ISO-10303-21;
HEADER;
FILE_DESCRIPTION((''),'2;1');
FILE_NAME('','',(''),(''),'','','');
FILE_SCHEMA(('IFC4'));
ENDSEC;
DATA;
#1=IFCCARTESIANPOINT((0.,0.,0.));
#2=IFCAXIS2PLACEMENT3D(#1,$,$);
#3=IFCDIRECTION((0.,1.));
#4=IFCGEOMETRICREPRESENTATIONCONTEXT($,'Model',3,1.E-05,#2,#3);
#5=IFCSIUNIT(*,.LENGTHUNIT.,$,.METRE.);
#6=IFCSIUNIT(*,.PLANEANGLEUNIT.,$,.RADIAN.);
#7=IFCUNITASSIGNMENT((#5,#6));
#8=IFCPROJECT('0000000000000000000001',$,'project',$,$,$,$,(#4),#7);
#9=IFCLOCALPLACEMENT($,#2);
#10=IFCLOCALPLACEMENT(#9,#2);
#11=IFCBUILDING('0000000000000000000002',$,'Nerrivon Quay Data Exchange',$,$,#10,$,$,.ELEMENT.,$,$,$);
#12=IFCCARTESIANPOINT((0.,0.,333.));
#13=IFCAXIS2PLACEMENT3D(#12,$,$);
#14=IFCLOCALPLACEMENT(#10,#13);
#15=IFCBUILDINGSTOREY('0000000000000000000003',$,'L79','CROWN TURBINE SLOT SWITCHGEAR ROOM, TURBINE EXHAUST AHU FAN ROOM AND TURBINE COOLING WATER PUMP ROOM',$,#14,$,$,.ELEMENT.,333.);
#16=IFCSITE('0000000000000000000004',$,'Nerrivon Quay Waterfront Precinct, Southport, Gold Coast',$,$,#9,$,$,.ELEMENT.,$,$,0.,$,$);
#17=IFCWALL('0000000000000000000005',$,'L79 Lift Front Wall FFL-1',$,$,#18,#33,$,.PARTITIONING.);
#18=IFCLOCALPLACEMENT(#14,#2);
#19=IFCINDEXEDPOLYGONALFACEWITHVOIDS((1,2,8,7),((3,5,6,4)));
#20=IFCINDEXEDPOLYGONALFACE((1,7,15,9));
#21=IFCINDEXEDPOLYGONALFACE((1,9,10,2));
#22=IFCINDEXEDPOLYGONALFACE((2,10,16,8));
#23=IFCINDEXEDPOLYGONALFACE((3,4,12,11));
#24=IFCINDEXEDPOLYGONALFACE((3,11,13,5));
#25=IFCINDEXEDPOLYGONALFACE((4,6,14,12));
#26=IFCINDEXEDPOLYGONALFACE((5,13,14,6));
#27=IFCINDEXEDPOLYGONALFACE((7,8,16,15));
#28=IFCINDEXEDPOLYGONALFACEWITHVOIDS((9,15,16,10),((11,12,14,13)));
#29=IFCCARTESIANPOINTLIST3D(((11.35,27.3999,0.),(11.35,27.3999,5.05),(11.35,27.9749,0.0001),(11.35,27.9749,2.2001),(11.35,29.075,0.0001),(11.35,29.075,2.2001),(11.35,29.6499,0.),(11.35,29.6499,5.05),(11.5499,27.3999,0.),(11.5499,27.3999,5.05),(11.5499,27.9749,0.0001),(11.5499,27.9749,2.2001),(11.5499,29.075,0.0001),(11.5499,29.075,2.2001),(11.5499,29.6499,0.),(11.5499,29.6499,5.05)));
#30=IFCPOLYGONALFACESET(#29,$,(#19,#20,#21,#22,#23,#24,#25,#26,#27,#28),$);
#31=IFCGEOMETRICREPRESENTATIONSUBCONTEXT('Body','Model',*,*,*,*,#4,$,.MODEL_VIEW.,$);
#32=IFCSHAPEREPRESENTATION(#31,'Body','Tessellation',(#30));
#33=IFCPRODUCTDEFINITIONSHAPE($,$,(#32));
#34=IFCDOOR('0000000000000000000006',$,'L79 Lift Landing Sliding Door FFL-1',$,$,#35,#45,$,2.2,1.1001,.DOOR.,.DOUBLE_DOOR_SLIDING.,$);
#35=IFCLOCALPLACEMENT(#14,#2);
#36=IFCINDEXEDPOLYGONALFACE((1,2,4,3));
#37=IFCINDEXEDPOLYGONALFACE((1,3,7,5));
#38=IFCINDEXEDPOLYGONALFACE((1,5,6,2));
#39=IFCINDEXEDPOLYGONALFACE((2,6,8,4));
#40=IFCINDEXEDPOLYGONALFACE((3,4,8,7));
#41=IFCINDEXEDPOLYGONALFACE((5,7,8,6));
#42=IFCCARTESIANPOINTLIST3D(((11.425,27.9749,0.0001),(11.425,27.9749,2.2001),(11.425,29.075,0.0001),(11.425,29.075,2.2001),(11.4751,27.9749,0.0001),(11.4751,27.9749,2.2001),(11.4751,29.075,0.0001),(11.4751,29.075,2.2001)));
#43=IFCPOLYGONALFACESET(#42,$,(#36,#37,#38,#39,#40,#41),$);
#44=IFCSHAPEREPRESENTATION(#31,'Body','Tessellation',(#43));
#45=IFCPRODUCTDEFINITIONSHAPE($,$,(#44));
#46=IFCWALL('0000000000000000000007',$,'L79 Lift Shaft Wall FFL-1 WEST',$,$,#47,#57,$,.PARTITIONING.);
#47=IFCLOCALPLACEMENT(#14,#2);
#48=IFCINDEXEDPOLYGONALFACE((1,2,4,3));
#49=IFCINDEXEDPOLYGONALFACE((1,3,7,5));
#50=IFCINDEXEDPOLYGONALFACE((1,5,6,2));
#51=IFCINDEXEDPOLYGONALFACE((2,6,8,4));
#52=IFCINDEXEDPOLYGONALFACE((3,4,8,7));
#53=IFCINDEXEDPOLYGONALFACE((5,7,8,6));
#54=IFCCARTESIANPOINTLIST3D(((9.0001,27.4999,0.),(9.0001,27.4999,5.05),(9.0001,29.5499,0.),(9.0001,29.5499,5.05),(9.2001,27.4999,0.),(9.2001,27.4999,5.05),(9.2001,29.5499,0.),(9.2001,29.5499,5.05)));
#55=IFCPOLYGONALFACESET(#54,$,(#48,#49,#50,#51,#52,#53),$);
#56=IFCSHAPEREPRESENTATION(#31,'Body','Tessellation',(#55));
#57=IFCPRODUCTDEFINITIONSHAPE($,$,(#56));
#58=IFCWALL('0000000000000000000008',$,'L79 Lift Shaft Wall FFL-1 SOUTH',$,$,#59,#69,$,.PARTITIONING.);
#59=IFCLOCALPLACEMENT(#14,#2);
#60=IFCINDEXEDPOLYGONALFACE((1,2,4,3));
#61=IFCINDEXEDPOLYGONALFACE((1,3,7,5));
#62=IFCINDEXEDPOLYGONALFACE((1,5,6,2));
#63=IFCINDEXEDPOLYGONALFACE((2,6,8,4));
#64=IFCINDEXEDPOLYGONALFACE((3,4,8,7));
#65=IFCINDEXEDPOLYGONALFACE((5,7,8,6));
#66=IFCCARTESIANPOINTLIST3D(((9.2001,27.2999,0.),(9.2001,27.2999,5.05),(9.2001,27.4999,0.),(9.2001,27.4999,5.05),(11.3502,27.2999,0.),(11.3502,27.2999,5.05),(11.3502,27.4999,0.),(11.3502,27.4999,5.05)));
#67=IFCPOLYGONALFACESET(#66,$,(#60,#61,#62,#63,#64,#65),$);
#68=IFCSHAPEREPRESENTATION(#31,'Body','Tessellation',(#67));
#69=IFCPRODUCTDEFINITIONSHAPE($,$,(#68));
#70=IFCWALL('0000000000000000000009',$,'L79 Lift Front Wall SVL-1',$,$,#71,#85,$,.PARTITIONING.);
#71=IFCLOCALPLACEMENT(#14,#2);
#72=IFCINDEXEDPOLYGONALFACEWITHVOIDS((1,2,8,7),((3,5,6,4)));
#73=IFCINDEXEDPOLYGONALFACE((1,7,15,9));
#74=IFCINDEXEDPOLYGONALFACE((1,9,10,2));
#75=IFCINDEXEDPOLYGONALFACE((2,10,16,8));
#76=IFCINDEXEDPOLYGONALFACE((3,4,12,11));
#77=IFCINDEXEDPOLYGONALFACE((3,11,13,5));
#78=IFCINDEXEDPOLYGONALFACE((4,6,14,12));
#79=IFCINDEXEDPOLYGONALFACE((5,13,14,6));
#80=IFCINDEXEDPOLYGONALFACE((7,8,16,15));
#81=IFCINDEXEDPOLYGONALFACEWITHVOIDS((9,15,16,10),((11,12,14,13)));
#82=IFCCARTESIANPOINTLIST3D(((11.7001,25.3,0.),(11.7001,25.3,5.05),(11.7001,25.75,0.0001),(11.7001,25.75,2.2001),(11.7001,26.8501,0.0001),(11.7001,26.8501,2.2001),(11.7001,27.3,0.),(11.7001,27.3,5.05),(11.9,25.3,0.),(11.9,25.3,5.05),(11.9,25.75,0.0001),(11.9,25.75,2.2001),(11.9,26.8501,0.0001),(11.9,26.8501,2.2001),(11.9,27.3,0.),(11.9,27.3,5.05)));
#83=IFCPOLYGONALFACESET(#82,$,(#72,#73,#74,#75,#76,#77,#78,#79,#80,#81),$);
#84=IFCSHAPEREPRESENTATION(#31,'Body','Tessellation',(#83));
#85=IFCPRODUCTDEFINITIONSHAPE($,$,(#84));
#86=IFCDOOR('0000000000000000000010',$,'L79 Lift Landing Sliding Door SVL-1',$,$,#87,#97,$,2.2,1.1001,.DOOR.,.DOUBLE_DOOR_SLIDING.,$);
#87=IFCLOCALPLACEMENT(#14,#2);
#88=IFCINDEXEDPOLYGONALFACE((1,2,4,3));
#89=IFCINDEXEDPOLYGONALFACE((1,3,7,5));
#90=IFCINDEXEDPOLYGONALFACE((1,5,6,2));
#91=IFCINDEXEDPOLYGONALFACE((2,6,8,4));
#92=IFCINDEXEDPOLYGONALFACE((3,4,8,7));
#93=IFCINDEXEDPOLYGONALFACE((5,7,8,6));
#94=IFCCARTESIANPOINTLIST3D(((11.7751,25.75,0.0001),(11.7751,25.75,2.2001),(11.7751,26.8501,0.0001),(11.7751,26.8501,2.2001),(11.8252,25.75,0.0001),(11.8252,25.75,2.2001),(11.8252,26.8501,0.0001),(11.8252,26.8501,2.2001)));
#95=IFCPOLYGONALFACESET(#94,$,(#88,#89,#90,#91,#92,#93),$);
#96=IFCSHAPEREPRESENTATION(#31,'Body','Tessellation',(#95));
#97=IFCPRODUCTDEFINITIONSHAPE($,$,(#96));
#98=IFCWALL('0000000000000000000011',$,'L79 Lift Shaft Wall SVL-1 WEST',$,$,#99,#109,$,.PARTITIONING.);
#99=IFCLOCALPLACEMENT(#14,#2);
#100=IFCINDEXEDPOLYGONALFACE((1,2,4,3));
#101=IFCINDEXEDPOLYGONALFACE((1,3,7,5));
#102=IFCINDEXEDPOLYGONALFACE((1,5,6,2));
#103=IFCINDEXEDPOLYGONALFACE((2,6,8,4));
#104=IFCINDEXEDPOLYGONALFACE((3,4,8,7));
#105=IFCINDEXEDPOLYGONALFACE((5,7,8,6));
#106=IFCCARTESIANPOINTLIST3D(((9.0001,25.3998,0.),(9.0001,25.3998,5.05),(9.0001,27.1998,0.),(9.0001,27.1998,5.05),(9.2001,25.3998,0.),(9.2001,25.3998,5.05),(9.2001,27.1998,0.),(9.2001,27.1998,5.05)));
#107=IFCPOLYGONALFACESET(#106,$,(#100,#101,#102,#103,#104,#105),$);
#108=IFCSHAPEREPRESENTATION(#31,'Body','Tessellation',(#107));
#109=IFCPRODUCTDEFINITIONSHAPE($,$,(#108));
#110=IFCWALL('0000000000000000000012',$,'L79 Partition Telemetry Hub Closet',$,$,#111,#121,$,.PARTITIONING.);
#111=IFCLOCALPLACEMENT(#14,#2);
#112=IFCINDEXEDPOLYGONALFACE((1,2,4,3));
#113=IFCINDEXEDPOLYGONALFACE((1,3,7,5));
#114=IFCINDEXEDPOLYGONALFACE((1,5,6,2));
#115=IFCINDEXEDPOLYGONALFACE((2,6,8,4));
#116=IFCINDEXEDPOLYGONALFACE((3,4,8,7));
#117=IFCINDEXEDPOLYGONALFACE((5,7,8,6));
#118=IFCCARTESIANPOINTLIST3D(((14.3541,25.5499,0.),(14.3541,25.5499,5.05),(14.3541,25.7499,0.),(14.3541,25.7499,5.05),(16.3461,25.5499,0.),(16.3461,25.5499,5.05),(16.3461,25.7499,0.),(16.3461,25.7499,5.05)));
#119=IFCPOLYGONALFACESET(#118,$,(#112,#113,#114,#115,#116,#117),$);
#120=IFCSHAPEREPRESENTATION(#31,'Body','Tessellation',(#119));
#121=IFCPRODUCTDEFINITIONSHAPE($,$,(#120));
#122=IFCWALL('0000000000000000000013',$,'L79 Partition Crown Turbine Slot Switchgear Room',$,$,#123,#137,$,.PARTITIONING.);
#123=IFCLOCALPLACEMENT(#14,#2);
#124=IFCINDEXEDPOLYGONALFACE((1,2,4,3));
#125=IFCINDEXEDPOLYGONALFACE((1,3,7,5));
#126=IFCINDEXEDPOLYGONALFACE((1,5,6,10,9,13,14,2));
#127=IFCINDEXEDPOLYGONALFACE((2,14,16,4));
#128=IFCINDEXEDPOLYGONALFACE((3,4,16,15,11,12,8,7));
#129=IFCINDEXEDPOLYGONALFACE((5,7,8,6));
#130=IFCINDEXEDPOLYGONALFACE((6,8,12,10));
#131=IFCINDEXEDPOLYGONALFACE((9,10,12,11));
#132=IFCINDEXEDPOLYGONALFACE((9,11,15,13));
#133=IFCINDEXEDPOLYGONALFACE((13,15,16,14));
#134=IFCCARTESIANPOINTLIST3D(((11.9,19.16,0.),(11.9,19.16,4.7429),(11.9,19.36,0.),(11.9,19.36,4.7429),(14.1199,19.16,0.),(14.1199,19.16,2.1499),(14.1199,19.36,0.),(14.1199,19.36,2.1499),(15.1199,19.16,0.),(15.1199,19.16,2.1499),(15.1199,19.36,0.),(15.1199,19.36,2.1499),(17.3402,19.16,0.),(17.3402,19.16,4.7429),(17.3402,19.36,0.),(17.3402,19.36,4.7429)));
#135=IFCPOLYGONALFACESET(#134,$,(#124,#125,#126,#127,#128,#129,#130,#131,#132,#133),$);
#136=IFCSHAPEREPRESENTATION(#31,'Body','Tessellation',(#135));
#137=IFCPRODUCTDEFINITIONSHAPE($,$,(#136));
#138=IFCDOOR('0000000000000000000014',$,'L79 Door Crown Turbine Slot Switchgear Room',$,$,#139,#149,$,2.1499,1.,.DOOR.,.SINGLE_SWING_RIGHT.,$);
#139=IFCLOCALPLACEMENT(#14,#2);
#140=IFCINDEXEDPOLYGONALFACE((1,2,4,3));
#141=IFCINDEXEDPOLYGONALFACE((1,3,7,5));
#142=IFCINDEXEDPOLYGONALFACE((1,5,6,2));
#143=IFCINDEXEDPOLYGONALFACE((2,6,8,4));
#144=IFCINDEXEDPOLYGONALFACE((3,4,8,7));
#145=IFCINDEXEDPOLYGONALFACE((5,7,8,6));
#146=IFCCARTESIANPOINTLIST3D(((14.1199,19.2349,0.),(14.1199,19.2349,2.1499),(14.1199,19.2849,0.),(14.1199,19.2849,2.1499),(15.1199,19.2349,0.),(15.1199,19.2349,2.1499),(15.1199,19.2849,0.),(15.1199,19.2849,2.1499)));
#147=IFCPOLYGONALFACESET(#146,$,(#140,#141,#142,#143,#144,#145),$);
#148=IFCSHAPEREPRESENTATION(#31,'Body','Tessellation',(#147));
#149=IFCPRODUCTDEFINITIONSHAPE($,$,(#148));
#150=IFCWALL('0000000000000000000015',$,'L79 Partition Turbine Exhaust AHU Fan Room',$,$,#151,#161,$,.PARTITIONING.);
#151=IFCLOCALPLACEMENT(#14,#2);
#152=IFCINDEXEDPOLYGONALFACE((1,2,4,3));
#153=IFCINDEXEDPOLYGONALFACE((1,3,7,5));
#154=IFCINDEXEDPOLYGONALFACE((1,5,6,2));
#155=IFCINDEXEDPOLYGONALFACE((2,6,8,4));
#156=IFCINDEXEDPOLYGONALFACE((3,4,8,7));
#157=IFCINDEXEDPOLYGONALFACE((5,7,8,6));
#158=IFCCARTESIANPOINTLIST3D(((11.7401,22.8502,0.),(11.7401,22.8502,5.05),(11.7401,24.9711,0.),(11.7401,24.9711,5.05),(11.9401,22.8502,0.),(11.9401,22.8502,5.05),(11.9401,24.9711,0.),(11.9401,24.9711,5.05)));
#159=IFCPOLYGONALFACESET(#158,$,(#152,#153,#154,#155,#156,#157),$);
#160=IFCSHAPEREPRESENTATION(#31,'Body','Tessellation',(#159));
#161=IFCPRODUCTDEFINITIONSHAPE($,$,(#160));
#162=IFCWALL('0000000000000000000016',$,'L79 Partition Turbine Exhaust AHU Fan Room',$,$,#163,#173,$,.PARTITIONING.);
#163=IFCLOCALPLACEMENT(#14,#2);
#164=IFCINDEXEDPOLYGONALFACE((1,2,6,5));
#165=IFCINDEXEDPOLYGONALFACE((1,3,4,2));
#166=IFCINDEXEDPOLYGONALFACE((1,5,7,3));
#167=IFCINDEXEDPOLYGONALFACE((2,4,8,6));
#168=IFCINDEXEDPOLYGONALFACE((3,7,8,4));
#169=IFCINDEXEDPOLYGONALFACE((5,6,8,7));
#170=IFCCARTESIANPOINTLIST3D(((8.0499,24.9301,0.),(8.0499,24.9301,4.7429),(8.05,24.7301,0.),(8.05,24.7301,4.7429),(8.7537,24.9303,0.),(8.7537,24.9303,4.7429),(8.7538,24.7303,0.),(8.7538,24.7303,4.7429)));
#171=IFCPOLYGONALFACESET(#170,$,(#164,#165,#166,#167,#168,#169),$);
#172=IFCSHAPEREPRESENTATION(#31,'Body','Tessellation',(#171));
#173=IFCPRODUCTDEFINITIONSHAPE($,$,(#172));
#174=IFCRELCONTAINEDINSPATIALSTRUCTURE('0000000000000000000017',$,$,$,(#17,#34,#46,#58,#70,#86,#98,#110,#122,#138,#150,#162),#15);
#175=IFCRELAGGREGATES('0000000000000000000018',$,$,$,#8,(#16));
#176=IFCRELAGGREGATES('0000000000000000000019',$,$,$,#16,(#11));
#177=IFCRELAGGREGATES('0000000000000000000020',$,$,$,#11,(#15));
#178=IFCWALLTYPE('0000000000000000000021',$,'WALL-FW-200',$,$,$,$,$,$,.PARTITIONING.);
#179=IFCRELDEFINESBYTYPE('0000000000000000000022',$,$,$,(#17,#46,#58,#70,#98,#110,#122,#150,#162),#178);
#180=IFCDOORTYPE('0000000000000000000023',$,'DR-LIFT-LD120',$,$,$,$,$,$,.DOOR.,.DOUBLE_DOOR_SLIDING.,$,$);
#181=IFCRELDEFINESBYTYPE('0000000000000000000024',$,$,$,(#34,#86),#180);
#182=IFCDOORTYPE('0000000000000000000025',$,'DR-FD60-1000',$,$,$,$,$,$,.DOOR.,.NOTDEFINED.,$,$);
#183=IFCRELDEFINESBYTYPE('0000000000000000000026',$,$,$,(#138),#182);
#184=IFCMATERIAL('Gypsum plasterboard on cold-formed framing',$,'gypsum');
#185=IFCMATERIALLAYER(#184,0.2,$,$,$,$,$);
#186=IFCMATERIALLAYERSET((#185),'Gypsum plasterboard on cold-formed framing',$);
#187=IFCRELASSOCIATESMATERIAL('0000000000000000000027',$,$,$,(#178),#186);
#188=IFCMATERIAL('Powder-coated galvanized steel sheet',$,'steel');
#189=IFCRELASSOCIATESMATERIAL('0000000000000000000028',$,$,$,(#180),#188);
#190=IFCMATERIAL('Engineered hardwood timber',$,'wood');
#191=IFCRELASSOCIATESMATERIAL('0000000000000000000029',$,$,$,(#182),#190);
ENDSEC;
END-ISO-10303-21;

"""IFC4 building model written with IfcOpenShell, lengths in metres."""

from ifc_helpers import new_model, si_unit, direction, frame, frame_2d, origin, place, context, subcontext, project, spatial, rectangle, extrude, material, layer, layer_set, type_object, element, fill, save


model = new_model("IFC4")

# Units and contexts
model_context = context("Model", 3, precision=1e-05, world=origin(), true_north=direction((0.0, 1.0)))
body_context = subcontext(model_context, "Body", "Model", "MODEL_VIEW")
ifc_project = project(units=[si_unit("LENGTHUNIT", "METRE"), si_unit("PLANEANGLEUNIT", "RADIAN")], contexts=[model_context])

# Site, building, storey
site_placement = place(None, origin())
site = spatial("IfcSite", under=ifc_project, at=site_placement, Name="Nerrivon Quay Waterfront Precinct, Southport, Gold Coast", CompositionType="ELEMENT", RefElevation=0.0)
building_placement = place(site_placement, origin())
building = spatial("IfcBuilding", under=site, at=building_placement, Name="Nerrivon Quay Data Exchange", CompositionType="ELEMENT")
storey_placement = place(building_placement, frame((0.0, 0.0, 333.0)))
storey = spatial("IfcBuildingStorey", under=building, at=storey_placement, Name="L79", Description="CROWN TURBINE SLOT SWITCHGEAR ROOM, TURBINE EXHAUST AHU FAN ROOM AND TURBINE COOLING WATER PUMP ROOM", CompositionType="ELEMENT", Elevation=333.0)

# Wall, opening, door
ifc_material_1 = material(Name="Powder-coated galvanized steel sheet", Category="steel")
ifc_material_2 = material(Name="Gypsum plasterboard on cold-formed framing", Category="gypsum")
ifc_layer_1 = layer(ifc_material_2, 0.2)
ifc_layer_set_1 = layer_set([ifc_layer_1], Name="Gypsum plasterboard on cold-formed framing")
wall_type_1 = type_object("IfcWallType", Name="WALL-FW-200", PredefinedType="PARTITIONING", material=ifc_layer_set_1)
wall_1_placement = place(storey_placement, frame((11.45, 27.3999, 0.0), z_axis=(0.0, 0.0, 1.0), x_axis=(0.0, 1.0, 0.0)))
wall_1 = element("IfcWall", 1, at=wall_1_placement, inside=storey, type_object=wall_type_1, Name="L79 Lift Front Wall FFL-1", PredefinedType="PARTITIONING", context=body_context, shape_type="SweptSolid", body=[
    extrude(rectangle(XDim=2.25, YDim=0.2, at=frame_2d((1.125, 0.0))), origin(), (0.0, 0.0, 1.0), 5.05),
])
opening_1_placement = place(wall_1_placement, frame((0.575, 0.0, 0.0)))
opening_1 = element("IfcOpeningElement", 2, at=opening_1_placement, cuts=wall_1, PredefinedType="OPENING", context=body_context, shape_type="SweptSolid", body=[
    extrude(rectangle(XDim=1.1001, YDim=2.2, at=frame_2d((0.55, 1.1001))), frame((0.0, 0.1099, 0.0), z_axis=(0.0, -1.0, 0.0), x_axis=(1.0, 0.0, 0.0)), (0.0, 0.0, 1.0), 0.22),
])
door_type_1 = type_object("IfcDoorType", Name="DR-LIFT-LD120", OperationType="DOUBLE_DOOR_SLIDING", PredefinedType="DOOR", material=ifc_material_1)
door_1_placement = place(opening_1_placement, origin())
door_1 = element("IfcDoor", 3, at=door_1_placement, inside=storey, type_object=door_type_1, Name="L79 Lift Landing Sliding Door FFL-1", OperationType="DOUBLE_DOOR_SLIDING", OverallHeight=2.2, OverallWidth=1.1001, PredefinedType="DOOR", context=body_context, shape_type="SweptSolid", body=[
    extrude(rectangle(XDim=1.1001, YDim=2.2, at=frame_2d((0.55, 1.1001))), frame((0.0, 0.0249, 0.0), z_axis=(0.0, -1.0, 0.0), x_axis=(1.0, 0.0, 0.0)), (0.0, 0.0, 1.0), 0.05),
])
fill(opening_1, door_1)

# Walls
wall_2_placement = place(storey_placement, frame((9.1001, 27.5, 0.0), z_axis=(0.0, 0.0, 1.0), x_axis=(0.0, 1.0, 0.0)))
element("IfcWall", 4, at=wall_2_placement, inside=storey, type_object=wall_type_1, Name="L79 Lift Shaft Wall FFL-1 WEST", PredefinedType="PARTITIONING", context=body_context, shape_type="SweptSolid", body=[
    extrude(rectangle(XDim=2.05, YDim=0.2, at=frame_2d((1.0249, 0.0))), origin(), (0.0, 0.0, 1.0), 5.05),
])
wall_3_placement = place(storey_placement, frame((9.2, 27.3999, 0.0), z_axis=(0.0, 0.0, 1.0), x_axis=(1.0, 0.0, 0.0)))
element("IfcWall", 5, at=wall_3_placement, inside=storey, type_object=wall_type_1, Name="L79 Lift Shaft Wall FFL-1 SOUTH", PredefinedType="PARTITIONING", context=body_context, shape_type="SweptSolid", body=[
    extrude(rectangle(XDim=2.1501, YDim=0.2, at=frame_2d((1.0752, 0.0))), origin(), (0.0, 0.0, 1.0), 5.05),
])

# Wall, opening, door
wall_4_placement = place(storey_placement, frame((11.8, 25.3, 0.0), z_axis=(0.0, 0.0, 1.0), x_axis=(0.0, 1.0, 0.0)))
wall_4 = element("IfcWall", 6, at=wall_4_placement, inside=storey, type_object=wall_type_1, Name="L79 Lift Front Wall SVL-1", PredefinedType="PARTITIONING", context=body_context, shape_type="SweptSolid", body=[
    extrude(rectangle(XDim=2.0, YDim=0.2, at=frame_2d((1.0, 0.0))), origin(), (0.0, 0.0, 1.0), 5.05),
])
opening_2_placement = place(wall_4_placement, frame((0.45, 0.0, 0.0)))
opening_2 = element("IfcOpeningElement", 7, at=opening_2_placement, cuts=wall_4, PredefinedType="OPENING", context=body_context, shape_type="SweptSolid", body=[
    extrude(rectangle(XDim=1.1001, YDim=2.2, at=frame_2d((0.55, 1.1001))), frame((0.0, 0.1099, 0.0), z_axis=(0.0, -1.0, 0.0), x_axis=(1.0, 0.0, 0.0)), (0.0, 0.0, 1.0), 0.22),
])
door_2_placement = place(opening_2_placement, origin())
door_2 = element("IfcDoor", 8, at=door_2_placement, inside=storey, type_object=door_type_1, Name="L79 Lift Landing Sliding Door SVL-1", OperationType="DOUBLE_DOOR_SLIDING", OverallHeight=2.2, OverallWidth=1.1001, PredefinedType="DOOR", context=body_context, shape_type="SweptSolid", body=[
    extrude(rectangle(XDim=1.1001, YDim=2.2, at=frame_2d((0.55, 1.1001))), frame((0.0, 0.0249, 0.0), z_axis=(0.0, -1.0, 0.0), x_axis=(1.0, 0.0, 0.0)), (0.0, 0.0, 1.0), 0.05),
])
fill(opening_2, door_2)

# Walls
wall_5_placement = place(storey_placement, frame((9.1001, 25.3999, 0.0), z_axis=(0.0, 0.0, 1.0), x_axis=(0.0, 1.0, 0.0)))
element("IfcWall", 9, at=wall_5_placement, inside=storey, type_object=wall_type_1, Name="L79 Lift Shaft Wall SVL-1 WEST", PredefinedType="PARTITIONING", context=body_context, shape_type="SweptSolid", body=[
    extrude(rectangle(XDim=1.8, YDim=0.2, at=frame_2d((0.8999, 0.0))), origin(), (0.0, 0.0, 1.0), 5.05),
])
wall_6_placement = place(storey_placement, frame((14.354, 25.6499, 0.0), z_axis=(0.0, 0.0, 1.0), x_axis=(1.0, 0.0, 0.0)))
element("IfcWall", 10, at=wall_6_placement, inside=storey, type_object=wall_type_1, Name="L79 Partition Telemetry Hub Closet", PredefinedType="PARTITIONING", context=body_context, shape_type="SweptSolid", body=[
    extrude(rectangle(XDim=1.9919, YDim=0.2, at=frame_2d((0.9961, 0.0))), origin(), (0.0, 0.0, 1.0), 5.05),
])

# Wall, opening, door
wall_7_placement = place(storey_placement, frame((11.8999, 19.26, 0.0), z_axis=(0.0, 0.0, 1.0), x_axis=(1.0, 0.0, 0.0)))
wall_7 = element("IfcWall", 11, at=wall_7_placement, inside=storey, type_object=wall_type_1, Name="L79 Partition Crown Turbine Slot Switchgear Room", PredefinedType="PARTITIONING", context=body_context, shape_type="SweptSolid", body=[
    extrude(rectangle(XDim=5.4402, YDim=0.2, at=frame_2d((2.7202, 0.0))), origin(), (0.0, 0.0, 1.0), 4.7429),
])
opening_3_placement = place(wall_7_placement, frame((2.22, 0.0, 0.0)))
opening_3 = element("IfcOpeningElement", 12, at=opening_3_placement, cuts=wall_7, PredefinedType="OPENING", context=body_context, shape_type="SweptSolid", body=[
    extrude(rectangle(XDim=1.0, YDim=2.1499, at=frame_2d((0.5, 1.075))), frame((0.0, 0.1099, 0.0), z_axis=(0.0, -1.0, 0.0), x_axis=(1.0, 0.0, 0.0)), (0.0, 0.0, 1.0), 0.22),
])
ifc_material_3 = material(Name="Engineered hardwood timber", Category="wood")
door_type_2 = type_object("IfcDoorType", Name="DR-FD60-1000", OperationType="NOTDEFINED", PredefinedType="DOOR", material=ifc_material_3)
door_3_placement = place(opening_3_placement, origin())
door_3 = element("IfcDoor", 13, at=door_3_placement, inside=storey, type_object=door_type_2, Name="L79 Door Crown Turbine Slot Switchgear Room", OperationType="SINGLE_SWING_RIGHT", OverallHeight=2.1499, OverallWidth=1.0, PredefinedType="DOOR", context=body_context, shape_type="SweptSolid", body=[
    extrude(rectangle(XDim=1.0, YDim=2.1499, at=frame_2d((0.5, 1.075))), frame((0.0, 0.0249, 0.0), z_axis=(0.0, -1.0, 0.0), x_axis=(1.0, 0.0, 0.0)), (0.0, 0.0, 1.0), 0.05),
])
fill(opening_3, door_3)

# Walls
wall_8_placement = place(storey_placement, frame((11.8401, 22.8501, 0.0), z_axis=(0.0, 0.0, 1.0), x_axis=(0.0, 1.0, 0.0)))
element("IfcWall", 14, at=wall_8_placement, inside=storey, type_object=wall_type_1, Name="L79 Partition Turbine Exhaust AHU Fan Room", PredefinedType="PARTITIONING", context=body_context, shape_type="SweptSolid", body=[
    extrude(rectangle(XDim=2.1208, YDim=0.2, at=frame_2d((1.0605, 0.0))), origin(), (0.0, 0.0, 1.0), 5.05),
])
wall_9_placement = place(storey_placement, frame((8.7539, 24.8303, 0.0), z_axis=(0.0, 0.0, 1.0), x_axis=(-1.0, -0.000347, 0.0)))
element("IfcWall", 15, at=wall_9_placement, inside=storey, type_object=wall_type_1, Name="L79 Partition Turbine Exhaust AHU Fan Room", PredefinedType="PARTITIONING", context=body_context, shape_type="SweptSolid", body=[
    extrude(rectangle(XDim=0.7039, YDim=0.2, at=frame_2d((0.3521, 0.0))), origin(), (0.0, 0.0, 1.0), 4.7429),
])

save(model, "model.ifc")
